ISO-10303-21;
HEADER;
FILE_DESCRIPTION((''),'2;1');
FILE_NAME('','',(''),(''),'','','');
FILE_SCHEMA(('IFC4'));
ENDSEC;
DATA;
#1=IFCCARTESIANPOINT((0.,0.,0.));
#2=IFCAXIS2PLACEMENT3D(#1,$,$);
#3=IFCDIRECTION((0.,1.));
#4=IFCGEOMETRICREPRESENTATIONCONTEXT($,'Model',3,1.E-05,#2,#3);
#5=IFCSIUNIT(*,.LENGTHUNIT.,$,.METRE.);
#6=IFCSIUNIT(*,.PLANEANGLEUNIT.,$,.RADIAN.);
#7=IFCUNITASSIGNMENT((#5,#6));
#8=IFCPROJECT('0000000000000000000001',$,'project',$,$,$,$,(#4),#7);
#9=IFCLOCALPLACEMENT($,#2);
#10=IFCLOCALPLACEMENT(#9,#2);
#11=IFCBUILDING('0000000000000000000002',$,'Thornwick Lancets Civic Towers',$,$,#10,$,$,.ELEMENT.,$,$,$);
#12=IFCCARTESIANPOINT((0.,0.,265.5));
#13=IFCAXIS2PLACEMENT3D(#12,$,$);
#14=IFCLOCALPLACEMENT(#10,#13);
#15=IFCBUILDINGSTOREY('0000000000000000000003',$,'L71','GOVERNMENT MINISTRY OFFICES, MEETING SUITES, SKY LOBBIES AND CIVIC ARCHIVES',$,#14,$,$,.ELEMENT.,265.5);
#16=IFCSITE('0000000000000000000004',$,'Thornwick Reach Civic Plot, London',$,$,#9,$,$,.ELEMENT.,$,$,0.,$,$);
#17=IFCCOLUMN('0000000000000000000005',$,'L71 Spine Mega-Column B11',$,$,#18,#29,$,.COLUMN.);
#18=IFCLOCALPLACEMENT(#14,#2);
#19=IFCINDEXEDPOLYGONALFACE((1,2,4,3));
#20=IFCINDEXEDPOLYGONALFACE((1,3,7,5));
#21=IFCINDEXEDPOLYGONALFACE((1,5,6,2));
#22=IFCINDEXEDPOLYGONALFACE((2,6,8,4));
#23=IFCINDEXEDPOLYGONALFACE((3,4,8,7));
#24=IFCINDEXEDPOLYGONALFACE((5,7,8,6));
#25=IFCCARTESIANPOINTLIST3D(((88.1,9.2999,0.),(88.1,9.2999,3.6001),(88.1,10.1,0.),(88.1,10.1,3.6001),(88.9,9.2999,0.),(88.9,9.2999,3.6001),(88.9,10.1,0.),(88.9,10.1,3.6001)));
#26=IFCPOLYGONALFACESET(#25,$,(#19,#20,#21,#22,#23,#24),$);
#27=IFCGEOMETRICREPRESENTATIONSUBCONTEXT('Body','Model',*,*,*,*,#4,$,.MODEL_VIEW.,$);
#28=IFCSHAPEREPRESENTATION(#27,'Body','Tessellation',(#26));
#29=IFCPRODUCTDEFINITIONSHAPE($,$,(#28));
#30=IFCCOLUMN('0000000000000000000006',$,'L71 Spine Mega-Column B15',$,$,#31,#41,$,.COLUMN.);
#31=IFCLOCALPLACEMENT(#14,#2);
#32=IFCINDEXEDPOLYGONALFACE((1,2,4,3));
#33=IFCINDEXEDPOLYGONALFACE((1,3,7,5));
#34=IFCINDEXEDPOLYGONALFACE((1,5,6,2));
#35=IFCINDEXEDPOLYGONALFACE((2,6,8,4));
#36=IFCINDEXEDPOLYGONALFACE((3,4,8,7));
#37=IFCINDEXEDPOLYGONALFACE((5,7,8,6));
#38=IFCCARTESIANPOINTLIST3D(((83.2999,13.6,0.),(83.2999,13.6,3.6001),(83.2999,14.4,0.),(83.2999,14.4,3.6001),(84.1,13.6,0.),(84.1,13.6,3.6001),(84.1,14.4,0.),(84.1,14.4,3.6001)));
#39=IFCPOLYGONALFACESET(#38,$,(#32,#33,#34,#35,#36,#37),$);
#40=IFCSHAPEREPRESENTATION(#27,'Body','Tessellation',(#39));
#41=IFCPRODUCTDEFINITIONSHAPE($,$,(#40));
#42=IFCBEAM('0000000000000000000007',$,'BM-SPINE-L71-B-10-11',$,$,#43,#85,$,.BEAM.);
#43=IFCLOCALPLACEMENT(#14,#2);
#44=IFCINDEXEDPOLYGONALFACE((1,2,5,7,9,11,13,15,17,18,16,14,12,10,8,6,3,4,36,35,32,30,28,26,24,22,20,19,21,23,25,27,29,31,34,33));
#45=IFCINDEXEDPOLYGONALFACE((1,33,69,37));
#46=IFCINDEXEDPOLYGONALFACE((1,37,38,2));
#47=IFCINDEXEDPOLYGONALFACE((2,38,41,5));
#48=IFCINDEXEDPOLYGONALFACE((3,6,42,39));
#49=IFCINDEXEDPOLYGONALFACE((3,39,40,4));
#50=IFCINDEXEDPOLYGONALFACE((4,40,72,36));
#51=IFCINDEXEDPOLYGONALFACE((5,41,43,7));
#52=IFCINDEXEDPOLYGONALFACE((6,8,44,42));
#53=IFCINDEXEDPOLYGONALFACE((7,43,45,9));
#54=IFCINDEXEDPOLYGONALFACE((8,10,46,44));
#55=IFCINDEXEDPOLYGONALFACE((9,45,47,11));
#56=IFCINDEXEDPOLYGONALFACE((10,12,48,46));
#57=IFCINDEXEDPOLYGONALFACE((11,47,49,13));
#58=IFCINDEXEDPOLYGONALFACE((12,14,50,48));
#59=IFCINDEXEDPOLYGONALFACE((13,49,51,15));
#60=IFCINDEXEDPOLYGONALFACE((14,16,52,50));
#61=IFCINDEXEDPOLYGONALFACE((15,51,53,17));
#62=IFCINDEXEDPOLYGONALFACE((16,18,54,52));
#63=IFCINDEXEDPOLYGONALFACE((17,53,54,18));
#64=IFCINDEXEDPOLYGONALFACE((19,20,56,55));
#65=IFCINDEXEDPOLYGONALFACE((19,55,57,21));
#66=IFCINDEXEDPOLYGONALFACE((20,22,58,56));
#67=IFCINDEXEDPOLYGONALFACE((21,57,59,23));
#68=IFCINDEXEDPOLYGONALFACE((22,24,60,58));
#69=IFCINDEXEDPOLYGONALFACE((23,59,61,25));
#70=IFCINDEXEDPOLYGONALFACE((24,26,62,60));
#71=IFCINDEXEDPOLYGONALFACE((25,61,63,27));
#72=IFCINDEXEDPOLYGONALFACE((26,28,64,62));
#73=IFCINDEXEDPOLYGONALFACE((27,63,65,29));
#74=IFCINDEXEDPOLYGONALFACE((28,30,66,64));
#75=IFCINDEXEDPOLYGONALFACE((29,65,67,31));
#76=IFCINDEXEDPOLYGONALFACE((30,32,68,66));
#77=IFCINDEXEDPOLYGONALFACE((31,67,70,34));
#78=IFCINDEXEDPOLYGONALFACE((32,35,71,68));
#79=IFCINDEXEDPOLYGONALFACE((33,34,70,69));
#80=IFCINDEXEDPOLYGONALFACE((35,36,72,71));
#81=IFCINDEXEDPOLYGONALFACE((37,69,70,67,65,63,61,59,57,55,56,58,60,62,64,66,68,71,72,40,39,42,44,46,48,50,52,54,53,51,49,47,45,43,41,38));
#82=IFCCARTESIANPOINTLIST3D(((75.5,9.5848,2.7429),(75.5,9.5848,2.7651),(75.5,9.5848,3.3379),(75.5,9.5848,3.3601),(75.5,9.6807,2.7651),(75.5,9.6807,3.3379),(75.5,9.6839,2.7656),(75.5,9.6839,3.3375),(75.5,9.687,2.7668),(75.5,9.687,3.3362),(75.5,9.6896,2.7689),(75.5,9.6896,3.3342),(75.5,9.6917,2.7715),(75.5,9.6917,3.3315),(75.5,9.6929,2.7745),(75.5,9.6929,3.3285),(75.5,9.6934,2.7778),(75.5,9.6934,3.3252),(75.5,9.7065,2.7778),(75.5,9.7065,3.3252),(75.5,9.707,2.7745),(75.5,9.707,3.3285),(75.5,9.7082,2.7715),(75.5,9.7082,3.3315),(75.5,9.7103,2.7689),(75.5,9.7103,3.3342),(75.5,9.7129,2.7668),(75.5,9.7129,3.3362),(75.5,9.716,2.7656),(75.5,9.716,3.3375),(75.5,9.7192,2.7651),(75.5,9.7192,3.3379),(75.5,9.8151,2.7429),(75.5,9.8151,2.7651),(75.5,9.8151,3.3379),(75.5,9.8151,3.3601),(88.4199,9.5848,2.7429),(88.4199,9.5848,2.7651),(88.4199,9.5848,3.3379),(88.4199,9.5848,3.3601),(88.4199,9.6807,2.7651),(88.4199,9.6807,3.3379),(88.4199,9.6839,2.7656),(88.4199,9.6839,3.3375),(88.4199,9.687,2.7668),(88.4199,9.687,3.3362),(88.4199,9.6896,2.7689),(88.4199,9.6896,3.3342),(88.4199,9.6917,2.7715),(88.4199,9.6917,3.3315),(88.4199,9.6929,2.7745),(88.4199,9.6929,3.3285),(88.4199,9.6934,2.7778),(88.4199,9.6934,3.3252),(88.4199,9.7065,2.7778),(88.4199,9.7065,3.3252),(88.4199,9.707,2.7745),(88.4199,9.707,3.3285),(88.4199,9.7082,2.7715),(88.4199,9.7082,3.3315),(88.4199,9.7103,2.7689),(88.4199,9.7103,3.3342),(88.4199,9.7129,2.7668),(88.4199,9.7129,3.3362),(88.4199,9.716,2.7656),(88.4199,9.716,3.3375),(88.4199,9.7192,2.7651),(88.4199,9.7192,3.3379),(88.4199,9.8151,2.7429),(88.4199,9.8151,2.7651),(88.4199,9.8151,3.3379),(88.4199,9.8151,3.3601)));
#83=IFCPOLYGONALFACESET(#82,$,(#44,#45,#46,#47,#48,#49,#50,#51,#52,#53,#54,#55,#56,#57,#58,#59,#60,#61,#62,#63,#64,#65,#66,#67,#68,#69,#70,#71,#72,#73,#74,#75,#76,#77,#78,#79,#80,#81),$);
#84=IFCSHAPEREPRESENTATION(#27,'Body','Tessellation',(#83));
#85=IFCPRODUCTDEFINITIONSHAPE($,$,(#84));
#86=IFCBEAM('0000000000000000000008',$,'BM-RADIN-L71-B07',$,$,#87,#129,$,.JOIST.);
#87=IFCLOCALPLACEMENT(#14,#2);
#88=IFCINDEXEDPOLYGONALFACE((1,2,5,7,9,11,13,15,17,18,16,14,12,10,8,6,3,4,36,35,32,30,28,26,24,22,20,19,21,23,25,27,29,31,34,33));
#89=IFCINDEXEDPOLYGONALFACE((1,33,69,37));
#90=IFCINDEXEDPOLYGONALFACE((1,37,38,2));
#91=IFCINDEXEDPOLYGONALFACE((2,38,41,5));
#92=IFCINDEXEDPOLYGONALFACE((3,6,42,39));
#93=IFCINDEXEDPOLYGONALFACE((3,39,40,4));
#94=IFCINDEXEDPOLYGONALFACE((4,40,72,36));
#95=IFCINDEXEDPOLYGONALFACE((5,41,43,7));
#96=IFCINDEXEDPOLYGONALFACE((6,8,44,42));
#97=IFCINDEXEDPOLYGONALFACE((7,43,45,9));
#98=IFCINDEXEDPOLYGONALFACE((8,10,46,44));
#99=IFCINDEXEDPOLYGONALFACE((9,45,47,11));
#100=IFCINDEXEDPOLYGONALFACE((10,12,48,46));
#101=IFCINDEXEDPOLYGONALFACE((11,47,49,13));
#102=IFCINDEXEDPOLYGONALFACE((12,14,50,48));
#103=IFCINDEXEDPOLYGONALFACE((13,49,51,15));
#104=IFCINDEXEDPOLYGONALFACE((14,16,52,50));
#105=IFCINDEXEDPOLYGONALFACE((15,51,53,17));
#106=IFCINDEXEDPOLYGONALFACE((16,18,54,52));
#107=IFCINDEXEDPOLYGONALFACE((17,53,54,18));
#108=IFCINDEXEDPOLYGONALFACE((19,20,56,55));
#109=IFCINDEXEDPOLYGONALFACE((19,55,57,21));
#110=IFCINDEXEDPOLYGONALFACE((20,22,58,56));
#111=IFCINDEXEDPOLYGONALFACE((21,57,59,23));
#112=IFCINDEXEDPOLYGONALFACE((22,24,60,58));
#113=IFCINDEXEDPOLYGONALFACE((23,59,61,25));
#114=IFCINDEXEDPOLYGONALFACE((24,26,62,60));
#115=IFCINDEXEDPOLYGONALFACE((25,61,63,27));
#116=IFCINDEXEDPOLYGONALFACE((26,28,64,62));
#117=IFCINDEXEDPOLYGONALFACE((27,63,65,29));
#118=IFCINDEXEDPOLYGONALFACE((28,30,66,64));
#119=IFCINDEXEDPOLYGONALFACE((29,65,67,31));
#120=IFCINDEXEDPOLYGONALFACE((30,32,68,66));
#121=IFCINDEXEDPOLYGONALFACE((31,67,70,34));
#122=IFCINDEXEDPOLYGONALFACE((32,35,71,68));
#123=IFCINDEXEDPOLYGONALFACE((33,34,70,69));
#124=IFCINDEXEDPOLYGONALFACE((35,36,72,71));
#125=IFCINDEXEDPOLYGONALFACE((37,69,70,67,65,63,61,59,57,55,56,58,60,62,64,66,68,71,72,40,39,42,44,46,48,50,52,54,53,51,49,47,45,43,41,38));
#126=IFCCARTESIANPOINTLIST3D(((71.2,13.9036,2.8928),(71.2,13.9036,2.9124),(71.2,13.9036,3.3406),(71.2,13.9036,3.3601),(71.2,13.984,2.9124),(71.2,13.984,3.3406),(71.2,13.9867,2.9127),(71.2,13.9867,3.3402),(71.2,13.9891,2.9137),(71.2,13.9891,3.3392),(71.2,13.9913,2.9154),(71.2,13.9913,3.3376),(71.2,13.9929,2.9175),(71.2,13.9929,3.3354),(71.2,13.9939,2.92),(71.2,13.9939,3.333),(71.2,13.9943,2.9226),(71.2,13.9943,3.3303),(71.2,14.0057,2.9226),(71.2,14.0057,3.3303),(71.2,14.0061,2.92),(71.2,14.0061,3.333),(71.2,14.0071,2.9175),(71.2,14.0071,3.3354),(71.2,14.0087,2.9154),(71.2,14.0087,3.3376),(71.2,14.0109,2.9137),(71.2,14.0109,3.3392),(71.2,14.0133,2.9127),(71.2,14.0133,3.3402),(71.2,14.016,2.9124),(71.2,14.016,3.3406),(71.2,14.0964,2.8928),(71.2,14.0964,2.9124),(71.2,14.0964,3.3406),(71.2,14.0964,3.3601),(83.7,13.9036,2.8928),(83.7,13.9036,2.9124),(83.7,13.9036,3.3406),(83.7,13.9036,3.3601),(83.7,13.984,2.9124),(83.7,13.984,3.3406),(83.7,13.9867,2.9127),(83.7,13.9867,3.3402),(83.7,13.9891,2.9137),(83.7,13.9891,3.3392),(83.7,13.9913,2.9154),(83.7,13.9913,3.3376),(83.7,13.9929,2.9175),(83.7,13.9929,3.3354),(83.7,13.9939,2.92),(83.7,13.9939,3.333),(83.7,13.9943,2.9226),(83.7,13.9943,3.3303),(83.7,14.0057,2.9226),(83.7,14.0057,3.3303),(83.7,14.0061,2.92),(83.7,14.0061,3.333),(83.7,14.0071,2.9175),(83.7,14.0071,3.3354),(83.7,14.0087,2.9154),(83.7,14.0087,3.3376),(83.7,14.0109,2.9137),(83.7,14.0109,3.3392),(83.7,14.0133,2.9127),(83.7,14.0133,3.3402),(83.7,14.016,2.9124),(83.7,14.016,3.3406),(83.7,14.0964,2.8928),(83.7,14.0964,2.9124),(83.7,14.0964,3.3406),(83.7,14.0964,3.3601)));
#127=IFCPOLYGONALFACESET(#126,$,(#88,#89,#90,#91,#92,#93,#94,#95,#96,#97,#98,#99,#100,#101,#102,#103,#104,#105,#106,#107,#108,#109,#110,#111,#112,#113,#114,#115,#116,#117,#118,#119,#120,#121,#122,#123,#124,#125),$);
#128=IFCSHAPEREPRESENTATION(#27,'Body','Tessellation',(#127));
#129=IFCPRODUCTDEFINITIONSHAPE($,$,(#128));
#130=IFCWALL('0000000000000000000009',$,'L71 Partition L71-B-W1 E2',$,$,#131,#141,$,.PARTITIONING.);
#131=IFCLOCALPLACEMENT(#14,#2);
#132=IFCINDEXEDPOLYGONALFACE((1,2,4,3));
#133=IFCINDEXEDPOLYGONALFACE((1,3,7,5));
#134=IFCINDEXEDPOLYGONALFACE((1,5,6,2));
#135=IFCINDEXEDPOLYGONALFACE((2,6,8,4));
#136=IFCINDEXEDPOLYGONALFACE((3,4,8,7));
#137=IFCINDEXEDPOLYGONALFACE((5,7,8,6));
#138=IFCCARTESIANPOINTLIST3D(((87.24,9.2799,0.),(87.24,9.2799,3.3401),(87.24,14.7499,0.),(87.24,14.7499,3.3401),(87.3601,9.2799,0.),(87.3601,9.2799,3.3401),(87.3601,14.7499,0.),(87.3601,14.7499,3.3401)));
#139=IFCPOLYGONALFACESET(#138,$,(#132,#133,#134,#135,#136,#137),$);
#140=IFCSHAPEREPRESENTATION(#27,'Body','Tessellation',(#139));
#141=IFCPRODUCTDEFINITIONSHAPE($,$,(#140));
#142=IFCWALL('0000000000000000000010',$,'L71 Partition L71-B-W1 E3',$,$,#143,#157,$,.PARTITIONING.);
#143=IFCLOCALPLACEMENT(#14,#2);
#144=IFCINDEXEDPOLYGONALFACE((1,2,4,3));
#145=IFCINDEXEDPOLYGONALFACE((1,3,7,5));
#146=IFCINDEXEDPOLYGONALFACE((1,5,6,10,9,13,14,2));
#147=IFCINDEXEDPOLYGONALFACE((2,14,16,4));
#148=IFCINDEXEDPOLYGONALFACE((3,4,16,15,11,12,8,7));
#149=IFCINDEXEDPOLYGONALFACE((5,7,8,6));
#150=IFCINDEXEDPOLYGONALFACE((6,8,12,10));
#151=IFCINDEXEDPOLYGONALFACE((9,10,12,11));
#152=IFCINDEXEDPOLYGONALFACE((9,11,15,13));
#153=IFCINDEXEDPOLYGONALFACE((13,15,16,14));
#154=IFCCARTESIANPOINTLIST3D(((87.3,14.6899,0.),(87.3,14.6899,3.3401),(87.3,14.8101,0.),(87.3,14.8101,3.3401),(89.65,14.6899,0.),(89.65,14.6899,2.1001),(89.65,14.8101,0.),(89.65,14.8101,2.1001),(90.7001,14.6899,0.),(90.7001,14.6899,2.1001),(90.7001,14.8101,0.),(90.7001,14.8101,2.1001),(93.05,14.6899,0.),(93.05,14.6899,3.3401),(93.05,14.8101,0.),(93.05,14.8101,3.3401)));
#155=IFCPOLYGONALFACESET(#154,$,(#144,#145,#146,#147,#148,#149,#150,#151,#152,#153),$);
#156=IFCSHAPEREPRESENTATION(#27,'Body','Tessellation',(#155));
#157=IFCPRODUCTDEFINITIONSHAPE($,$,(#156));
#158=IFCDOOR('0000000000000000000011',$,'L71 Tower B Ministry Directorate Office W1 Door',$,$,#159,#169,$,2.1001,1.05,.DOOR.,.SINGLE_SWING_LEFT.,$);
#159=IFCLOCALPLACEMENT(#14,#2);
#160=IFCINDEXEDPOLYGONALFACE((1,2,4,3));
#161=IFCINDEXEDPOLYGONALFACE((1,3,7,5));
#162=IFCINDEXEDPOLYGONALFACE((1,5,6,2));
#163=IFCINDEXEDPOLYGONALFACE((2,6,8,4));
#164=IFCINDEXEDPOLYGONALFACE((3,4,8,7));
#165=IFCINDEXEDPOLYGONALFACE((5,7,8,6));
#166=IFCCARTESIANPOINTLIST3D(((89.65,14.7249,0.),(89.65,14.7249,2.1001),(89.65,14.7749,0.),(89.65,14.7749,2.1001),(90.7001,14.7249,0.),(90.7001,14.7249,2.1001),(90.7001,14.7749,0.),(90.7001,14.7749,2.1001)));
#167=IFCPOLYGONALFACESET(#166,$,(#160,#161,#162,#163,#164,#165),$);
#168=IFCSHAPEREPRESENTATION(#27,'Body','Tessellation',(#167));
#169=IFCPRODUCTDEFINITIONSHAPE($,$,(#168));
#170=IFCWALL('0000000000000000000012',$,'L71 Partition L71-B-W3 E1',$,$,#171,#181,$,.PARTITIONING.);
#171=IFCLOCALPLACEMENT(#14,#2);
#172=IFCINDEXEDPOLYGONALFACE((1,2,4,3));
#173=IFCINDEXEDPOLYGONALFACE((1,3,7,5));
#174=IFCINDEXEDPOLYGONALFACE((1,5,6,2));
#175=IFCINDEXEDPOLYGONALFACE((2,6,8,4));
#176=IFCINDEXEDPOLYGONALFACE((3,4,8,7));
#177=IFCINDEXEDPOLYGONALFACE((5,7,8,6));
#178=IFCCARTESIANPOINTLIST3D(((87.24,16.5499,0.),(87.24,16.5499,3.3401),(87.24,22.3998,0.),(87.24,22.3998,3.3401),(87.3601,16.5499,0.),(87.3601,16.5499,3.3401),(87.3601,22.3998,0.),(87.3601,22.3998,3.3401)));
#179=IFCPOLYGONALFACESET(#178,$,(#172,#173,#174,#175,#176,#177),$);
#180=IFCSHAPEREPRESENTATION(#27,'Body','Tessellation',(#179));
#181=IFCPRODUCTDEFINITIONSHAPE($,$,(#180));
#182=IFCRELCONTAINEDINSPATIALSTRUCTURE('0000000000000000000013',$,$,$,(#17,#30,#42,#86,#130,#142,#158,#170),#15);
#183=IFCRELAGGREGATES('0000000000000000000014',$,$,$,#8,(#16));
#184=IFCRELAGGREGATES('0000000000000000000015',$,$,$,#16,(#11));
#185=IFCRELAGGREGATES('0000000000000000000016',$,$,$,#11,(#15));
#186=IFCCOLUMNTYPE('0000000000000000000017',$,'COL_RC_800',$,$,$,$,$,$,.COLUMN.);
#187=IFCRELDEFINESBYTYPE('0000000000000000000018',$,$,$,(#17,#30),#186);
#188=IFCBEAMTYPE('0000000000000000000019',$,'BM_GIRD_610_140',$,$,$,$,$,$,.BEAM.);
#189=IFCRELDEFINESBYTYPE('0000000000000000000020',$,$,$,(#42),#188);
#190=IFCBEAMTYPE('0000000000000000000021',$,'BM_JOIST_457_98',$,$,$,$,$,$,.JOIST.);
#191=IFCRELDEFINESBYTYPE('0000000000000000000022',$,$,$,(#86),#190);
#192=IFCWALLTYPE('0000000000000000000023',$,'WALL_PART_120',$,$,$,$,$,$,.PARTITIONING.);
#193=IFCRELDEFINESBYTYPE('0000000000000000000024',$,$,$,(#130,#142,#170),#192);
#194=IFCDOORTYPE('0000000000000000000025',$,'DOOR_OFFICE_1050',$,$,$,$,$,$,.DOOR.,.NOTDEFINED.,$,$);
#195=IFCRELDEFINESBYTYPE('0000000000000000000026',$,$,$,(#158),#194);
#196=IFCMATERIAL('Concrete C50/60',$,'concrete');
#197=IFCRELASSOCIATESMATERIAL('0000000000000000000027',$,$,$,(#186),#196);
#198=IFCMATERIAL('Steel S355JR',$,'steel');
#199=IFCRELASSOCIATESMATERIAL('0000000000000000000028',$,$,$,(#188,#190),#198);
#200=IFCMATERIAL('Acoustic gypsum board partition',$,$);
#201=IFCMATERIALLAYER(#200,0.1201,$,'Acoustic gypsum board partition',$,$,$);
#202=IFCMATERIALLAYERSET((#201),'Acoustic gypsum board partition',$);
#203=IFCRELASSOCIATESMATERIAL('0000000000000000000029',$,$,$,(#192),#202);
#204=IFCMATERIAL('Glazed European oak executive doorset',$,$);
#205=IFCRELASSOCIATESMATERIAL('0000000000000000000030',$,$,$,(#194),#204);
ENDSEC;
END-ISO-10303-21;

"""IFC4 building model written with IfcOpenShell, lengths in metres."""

from ifc_helpers import new_model, si_unit, direction, frame, frame_2d, origin, origin_2d, place, context, subcontext, project, spatial, rectangle, i_section, extrude, material, layer, layer_set, material_profile, profile_set, type_object, element, fill, save


model = new_model("IFC4")

# Units and contexts
model_context = context("Model", 3, precision=1e-05, world=origin(), true_north=direction((0.0, 1.0)))
body_context = subcontext(model_context, "Body", "Model", "MODEL_VIEW")
ifc_project = project(units=[si_unit("LENGTHUNIT", "METRE"), si_unit("PLANEANGLEUNIT", "RADIAN")], contexts=[model_context])

# Site, building, storey
site_placement = place(None, origin())
site = spatial("IfcSite", under=ifc_project, at=site_placement, Name="Thornwick Reach Civic Plot, London", CompositionType="ELEMENT", RefElevation=0.0)
building_placement = place(site_placement, origin())
building = spatial("IfcBuilding", under=site, at=building_placement, Name="Thornwick Lancets Civic Towers", CompositionType="ELEMENT")
storey_placement = place(building_placement, frame((0.0, 0.0, 265.5)))
storey = spatial("IfcBuildingStorey", under=building, at=storey_placement, Name="L71", Description="GOVERNMENT MINISTRY OFFICES, MEETING SUITES, SKY LOBBIES AND CIVIC ARCHIVES", CompositionType="ELEMENT", Elevation=265.5)

# Columns
ifc_material_1 = material(Name="Concrete C50/60", Category="concrete")
ifc_material_profile_1 = material_profile(ifc_material_1, rectangle(XDim=0.8, YDim=0.8, at=origin_2d()), Name="RC 800x800")
ifc_profile_set_1 = profile_set([ifc_material_profile_1], Name="Concrete C50/60")
column_type = type_object("IfcColumnType", Name="COL_RC_800", PredefinedType="COLUMN", material=ifc_profile_set_1)
for number, where, z_axis, x_axis, name in (
    (1, (88.5, 9.7, 0.0), (0.0, 0.0, 1.0), (1.0, 0.0, 0.0), "L71 Spine Mega-Column B11"),
    (2, (83.7, 14.0, 0.0), (0.0, 0.0, 1.0), (1.0, 0.0, 0.0), "L71 Spine Mega-Column B15"),
):
    element("IfcColumn", number, at=place(storey_placement, frame(where, z_axis=z_axis, x_axis=x_axis)), inside=storey, type_object=column_type, Name=name, PredefinedType="COLUMN", context=body_context, shape_type="SweptSolid", body=[
        extrude(rectangle(XDim=0.8, YDim=0.8, at=origin_2d()), origin(), (0.0, 0.0, 1.0), 3.6001),
    ])

# Beams
ifc_material_2 = material(Name="Steel S355JR", Category="steel")
ifc_material_profile_2 = material_profile(ifc_material_2, i_section(OverallWidth=0.2302, OverallDepth=0.6172, WebThickness=0.0132, FlangeThickness=0.0222, FilletRadius=0.0127, at=origin_2d()), Name="UKB 610x229x140")
ifc_profile_set_2 = profile_set([ifc_material_profile_2], Name="Steel S355JR")
beam_type_1 = type_object("IfcBeamType", Name="BM_GIRD_610_140", PredefinedType="BEAM", material=ifc_profile_set_2)
beam_1_placement = place(storey_placement, frame((88.4199, 9.7, 3.0515), z_axis=(-1.0, 0.0, 0.0), x_axis=(0.0, -1.0, 0.0)))
element("IfcBeam", 3, at=beam_1_placement, inside=storey, type_object=beam_type_1, Name="BM-SPINE-L71-B-10-11", PredefinedType="BEAM", context=body_context, shape_type="SweptSolid", body=[
    extrude(i_section(OverallWidth=0.2302, OverallDepth=0.6172, WebThickness=0.0132, FlangeThickness=0.0222, FilletRadius=0.0127, at=origin_2d()), origin(), (0.0, 0.0, 1.0), 12.9199),
])
ifc_material_profile_3 = material_profile(ifc_material_2, i_section(OverallWidth=0.1929, OverallDepth=0.4673, WebThickness=0.0115, FlangeThickness=0.0195, FilletRadius=0.0103, at=origin_2d()), Name="UKB 457x191x98")
ifc_profile_set_3 = profile_set([ifc_material_profile_3], Name="Steel S355JR")
beam_type_2 = type_object("IfcBeamType", Name="BM_JOIST_457_98", PredefinedType="JOIST", material=ifc_profile_set_3)
beam_2_placement = place(storey_placement, frame((83.7, 14.0, 3.1265), z_axis=(-1.0, 0.0, 0.0), x_axis=(0.0, -1.0, 0.0)))
element("IfcBeam", 4, at=beam_2_placement, inside=storey, type_object=beam_type_2, Name="BM-RADIN-L71-B07", PredefinedType="JOIST", context=body_context, shape_type="SweptSolid", body=[
    extrude(i_section(OverallWidth=0.1929, OverallDepth=0.4673, WebThickness=0.0115, FlangeThickness=0.0195, FilletRadius=0.0103, at=origin_2d()), origin(), (0.0, 0.0, 1.0), 12.5),
])

# Wall
ifc_material_3 = material(Name="Acoustic gypsum board partition")
ifc_layer_1 = layer(ifc_material_3, 0.1201, Name="Acoustic gypsum board partition")
ifc_layer_set_1 = layer_set([ifc_layer_1], Name="Acoustic gypsum board partition")
wall_type_1 = type_object("IfcWallType", Name="WALL_PART_120", PredefinedType="PARTITIONING", material=ifc_layer_set_1)
wall_1_placement = place(storey_placement, frame((87.3, 9.28, 0.0), z_axis=(0.0, 0.0, 1.0), x_axis=(0.0, 1.0, 0.0)))
element("IfcWall", 5, at=wall_1_placement, inside=storey, type_object=wall_type_1, Name="L71 Partition L71-B-W1 E2", PredefinedType="PARTITIONING", context=body_context, shape_type="SweptSolid", body=[
    extrude(rectangle(XDim=5.47, YDim=0.1201, at=frame_2d((2.7349, 0.0))), origin(), (0.0, 0.0, 1.0), 3.3401),
])

# Wall, opening, door
wall_2_placement = place(storey_placement, frame((87.3, 14.75, 0.0), z_axis=(0.0, 0.0, 1.0), x_axis=(1.0, 0.0, 0.0)))
wall_2 = element("IfcWall", 6, at=wall_2_placement, inside=storey, type_object=wall_type_1, Name="L71 Partition L71-B-W1 E3", PredefinedType="PARTITIONING", context=body_context, shape_type="SweptSolid", body=[
    extrude(rectangle(XDim=5.75, YDim=0.1201, at=frame_2d((2.875, 0.0))), origin(), (0.0, 0.0, 1.0), 3.3401),
])
opening_1_placement = place(wall_2_placement, frame((2.3501, 0.0, 0.0)))
opening_1 = element("IfcOpeningElement", 7, at=opening_1_placement, cuts=wall_2, PredefinedType="OPENING", context=body_context, shape_type="SweptSolid", body=[
    extrude(rectangle(XDim=1.05, YDim=2.1001, at=frame_2d((0.5249, 1.05))), frame((0.0, 0.0701, 0.0), z_axis=(0.0, -1.0, 0.0), x_axis=(1.0, 0.0, 0.0)), (0.0, 0.0, 1.0), 0.1401),
])
ifc_material_4 = material(Name="Glazed European oak executive doorset")
door_type_1 = type_object("IfcDoorType", Name="DOOR_OFFICE_1050", OperationType="NOTDEFINED", PredefinedType="DOOR", material=ifc_material_4)
door_1_placement = place(opening_1_placement, origin())
door_1 = element("IfcDoor", 8, at=door_1_placement, inside=storey, type_object=door_type_1, Name="L71 Tower B Ministry Directorate Office W1 Door", OperationType="SINGLE_SWING_LEFT", OverallHeight=2.1001, OverallWidth=1.05, PredefinedType="DOOR", context=body_context, shape_type="SweptSolid", body=[
    extrude(rectangle(XDim=1.05, YDim=2.1001, at=frame_2d((0.5249, 1.05))), frame((0.0, 0.0249, 0.0), z_axis=(0.0, -1.0, 0.0), x_axis=(1.0, 0.0, 0.0)), (0.0, 0.0, 1.0), 0.05),
])
fill(opening_1, door_1)

# Wall
wall_3_placement = place(storey_placement, frame((87.3, 16.55, 0.0), z_axis=(0.0, 0.0, 1.0), x_axis=(0.0, 1.0, 0.0)))
element("IfcWall", 9, at=wall_3_placement, inside=storey, type_object=wall_type_1, Name="L71 Partition L71-B-W3 E1", PredefinedType="PARTITIONING", context=body_context, shape_type="SweptSolid", body=[
    extrude(rectangle(XDim=5.8499, YDim=0.1201, at=frame_2d((2.9248, 0.0))), origin(), (0.0, 0.0, 1.0), 3.3401),
])

save(model, "model.ifc")
